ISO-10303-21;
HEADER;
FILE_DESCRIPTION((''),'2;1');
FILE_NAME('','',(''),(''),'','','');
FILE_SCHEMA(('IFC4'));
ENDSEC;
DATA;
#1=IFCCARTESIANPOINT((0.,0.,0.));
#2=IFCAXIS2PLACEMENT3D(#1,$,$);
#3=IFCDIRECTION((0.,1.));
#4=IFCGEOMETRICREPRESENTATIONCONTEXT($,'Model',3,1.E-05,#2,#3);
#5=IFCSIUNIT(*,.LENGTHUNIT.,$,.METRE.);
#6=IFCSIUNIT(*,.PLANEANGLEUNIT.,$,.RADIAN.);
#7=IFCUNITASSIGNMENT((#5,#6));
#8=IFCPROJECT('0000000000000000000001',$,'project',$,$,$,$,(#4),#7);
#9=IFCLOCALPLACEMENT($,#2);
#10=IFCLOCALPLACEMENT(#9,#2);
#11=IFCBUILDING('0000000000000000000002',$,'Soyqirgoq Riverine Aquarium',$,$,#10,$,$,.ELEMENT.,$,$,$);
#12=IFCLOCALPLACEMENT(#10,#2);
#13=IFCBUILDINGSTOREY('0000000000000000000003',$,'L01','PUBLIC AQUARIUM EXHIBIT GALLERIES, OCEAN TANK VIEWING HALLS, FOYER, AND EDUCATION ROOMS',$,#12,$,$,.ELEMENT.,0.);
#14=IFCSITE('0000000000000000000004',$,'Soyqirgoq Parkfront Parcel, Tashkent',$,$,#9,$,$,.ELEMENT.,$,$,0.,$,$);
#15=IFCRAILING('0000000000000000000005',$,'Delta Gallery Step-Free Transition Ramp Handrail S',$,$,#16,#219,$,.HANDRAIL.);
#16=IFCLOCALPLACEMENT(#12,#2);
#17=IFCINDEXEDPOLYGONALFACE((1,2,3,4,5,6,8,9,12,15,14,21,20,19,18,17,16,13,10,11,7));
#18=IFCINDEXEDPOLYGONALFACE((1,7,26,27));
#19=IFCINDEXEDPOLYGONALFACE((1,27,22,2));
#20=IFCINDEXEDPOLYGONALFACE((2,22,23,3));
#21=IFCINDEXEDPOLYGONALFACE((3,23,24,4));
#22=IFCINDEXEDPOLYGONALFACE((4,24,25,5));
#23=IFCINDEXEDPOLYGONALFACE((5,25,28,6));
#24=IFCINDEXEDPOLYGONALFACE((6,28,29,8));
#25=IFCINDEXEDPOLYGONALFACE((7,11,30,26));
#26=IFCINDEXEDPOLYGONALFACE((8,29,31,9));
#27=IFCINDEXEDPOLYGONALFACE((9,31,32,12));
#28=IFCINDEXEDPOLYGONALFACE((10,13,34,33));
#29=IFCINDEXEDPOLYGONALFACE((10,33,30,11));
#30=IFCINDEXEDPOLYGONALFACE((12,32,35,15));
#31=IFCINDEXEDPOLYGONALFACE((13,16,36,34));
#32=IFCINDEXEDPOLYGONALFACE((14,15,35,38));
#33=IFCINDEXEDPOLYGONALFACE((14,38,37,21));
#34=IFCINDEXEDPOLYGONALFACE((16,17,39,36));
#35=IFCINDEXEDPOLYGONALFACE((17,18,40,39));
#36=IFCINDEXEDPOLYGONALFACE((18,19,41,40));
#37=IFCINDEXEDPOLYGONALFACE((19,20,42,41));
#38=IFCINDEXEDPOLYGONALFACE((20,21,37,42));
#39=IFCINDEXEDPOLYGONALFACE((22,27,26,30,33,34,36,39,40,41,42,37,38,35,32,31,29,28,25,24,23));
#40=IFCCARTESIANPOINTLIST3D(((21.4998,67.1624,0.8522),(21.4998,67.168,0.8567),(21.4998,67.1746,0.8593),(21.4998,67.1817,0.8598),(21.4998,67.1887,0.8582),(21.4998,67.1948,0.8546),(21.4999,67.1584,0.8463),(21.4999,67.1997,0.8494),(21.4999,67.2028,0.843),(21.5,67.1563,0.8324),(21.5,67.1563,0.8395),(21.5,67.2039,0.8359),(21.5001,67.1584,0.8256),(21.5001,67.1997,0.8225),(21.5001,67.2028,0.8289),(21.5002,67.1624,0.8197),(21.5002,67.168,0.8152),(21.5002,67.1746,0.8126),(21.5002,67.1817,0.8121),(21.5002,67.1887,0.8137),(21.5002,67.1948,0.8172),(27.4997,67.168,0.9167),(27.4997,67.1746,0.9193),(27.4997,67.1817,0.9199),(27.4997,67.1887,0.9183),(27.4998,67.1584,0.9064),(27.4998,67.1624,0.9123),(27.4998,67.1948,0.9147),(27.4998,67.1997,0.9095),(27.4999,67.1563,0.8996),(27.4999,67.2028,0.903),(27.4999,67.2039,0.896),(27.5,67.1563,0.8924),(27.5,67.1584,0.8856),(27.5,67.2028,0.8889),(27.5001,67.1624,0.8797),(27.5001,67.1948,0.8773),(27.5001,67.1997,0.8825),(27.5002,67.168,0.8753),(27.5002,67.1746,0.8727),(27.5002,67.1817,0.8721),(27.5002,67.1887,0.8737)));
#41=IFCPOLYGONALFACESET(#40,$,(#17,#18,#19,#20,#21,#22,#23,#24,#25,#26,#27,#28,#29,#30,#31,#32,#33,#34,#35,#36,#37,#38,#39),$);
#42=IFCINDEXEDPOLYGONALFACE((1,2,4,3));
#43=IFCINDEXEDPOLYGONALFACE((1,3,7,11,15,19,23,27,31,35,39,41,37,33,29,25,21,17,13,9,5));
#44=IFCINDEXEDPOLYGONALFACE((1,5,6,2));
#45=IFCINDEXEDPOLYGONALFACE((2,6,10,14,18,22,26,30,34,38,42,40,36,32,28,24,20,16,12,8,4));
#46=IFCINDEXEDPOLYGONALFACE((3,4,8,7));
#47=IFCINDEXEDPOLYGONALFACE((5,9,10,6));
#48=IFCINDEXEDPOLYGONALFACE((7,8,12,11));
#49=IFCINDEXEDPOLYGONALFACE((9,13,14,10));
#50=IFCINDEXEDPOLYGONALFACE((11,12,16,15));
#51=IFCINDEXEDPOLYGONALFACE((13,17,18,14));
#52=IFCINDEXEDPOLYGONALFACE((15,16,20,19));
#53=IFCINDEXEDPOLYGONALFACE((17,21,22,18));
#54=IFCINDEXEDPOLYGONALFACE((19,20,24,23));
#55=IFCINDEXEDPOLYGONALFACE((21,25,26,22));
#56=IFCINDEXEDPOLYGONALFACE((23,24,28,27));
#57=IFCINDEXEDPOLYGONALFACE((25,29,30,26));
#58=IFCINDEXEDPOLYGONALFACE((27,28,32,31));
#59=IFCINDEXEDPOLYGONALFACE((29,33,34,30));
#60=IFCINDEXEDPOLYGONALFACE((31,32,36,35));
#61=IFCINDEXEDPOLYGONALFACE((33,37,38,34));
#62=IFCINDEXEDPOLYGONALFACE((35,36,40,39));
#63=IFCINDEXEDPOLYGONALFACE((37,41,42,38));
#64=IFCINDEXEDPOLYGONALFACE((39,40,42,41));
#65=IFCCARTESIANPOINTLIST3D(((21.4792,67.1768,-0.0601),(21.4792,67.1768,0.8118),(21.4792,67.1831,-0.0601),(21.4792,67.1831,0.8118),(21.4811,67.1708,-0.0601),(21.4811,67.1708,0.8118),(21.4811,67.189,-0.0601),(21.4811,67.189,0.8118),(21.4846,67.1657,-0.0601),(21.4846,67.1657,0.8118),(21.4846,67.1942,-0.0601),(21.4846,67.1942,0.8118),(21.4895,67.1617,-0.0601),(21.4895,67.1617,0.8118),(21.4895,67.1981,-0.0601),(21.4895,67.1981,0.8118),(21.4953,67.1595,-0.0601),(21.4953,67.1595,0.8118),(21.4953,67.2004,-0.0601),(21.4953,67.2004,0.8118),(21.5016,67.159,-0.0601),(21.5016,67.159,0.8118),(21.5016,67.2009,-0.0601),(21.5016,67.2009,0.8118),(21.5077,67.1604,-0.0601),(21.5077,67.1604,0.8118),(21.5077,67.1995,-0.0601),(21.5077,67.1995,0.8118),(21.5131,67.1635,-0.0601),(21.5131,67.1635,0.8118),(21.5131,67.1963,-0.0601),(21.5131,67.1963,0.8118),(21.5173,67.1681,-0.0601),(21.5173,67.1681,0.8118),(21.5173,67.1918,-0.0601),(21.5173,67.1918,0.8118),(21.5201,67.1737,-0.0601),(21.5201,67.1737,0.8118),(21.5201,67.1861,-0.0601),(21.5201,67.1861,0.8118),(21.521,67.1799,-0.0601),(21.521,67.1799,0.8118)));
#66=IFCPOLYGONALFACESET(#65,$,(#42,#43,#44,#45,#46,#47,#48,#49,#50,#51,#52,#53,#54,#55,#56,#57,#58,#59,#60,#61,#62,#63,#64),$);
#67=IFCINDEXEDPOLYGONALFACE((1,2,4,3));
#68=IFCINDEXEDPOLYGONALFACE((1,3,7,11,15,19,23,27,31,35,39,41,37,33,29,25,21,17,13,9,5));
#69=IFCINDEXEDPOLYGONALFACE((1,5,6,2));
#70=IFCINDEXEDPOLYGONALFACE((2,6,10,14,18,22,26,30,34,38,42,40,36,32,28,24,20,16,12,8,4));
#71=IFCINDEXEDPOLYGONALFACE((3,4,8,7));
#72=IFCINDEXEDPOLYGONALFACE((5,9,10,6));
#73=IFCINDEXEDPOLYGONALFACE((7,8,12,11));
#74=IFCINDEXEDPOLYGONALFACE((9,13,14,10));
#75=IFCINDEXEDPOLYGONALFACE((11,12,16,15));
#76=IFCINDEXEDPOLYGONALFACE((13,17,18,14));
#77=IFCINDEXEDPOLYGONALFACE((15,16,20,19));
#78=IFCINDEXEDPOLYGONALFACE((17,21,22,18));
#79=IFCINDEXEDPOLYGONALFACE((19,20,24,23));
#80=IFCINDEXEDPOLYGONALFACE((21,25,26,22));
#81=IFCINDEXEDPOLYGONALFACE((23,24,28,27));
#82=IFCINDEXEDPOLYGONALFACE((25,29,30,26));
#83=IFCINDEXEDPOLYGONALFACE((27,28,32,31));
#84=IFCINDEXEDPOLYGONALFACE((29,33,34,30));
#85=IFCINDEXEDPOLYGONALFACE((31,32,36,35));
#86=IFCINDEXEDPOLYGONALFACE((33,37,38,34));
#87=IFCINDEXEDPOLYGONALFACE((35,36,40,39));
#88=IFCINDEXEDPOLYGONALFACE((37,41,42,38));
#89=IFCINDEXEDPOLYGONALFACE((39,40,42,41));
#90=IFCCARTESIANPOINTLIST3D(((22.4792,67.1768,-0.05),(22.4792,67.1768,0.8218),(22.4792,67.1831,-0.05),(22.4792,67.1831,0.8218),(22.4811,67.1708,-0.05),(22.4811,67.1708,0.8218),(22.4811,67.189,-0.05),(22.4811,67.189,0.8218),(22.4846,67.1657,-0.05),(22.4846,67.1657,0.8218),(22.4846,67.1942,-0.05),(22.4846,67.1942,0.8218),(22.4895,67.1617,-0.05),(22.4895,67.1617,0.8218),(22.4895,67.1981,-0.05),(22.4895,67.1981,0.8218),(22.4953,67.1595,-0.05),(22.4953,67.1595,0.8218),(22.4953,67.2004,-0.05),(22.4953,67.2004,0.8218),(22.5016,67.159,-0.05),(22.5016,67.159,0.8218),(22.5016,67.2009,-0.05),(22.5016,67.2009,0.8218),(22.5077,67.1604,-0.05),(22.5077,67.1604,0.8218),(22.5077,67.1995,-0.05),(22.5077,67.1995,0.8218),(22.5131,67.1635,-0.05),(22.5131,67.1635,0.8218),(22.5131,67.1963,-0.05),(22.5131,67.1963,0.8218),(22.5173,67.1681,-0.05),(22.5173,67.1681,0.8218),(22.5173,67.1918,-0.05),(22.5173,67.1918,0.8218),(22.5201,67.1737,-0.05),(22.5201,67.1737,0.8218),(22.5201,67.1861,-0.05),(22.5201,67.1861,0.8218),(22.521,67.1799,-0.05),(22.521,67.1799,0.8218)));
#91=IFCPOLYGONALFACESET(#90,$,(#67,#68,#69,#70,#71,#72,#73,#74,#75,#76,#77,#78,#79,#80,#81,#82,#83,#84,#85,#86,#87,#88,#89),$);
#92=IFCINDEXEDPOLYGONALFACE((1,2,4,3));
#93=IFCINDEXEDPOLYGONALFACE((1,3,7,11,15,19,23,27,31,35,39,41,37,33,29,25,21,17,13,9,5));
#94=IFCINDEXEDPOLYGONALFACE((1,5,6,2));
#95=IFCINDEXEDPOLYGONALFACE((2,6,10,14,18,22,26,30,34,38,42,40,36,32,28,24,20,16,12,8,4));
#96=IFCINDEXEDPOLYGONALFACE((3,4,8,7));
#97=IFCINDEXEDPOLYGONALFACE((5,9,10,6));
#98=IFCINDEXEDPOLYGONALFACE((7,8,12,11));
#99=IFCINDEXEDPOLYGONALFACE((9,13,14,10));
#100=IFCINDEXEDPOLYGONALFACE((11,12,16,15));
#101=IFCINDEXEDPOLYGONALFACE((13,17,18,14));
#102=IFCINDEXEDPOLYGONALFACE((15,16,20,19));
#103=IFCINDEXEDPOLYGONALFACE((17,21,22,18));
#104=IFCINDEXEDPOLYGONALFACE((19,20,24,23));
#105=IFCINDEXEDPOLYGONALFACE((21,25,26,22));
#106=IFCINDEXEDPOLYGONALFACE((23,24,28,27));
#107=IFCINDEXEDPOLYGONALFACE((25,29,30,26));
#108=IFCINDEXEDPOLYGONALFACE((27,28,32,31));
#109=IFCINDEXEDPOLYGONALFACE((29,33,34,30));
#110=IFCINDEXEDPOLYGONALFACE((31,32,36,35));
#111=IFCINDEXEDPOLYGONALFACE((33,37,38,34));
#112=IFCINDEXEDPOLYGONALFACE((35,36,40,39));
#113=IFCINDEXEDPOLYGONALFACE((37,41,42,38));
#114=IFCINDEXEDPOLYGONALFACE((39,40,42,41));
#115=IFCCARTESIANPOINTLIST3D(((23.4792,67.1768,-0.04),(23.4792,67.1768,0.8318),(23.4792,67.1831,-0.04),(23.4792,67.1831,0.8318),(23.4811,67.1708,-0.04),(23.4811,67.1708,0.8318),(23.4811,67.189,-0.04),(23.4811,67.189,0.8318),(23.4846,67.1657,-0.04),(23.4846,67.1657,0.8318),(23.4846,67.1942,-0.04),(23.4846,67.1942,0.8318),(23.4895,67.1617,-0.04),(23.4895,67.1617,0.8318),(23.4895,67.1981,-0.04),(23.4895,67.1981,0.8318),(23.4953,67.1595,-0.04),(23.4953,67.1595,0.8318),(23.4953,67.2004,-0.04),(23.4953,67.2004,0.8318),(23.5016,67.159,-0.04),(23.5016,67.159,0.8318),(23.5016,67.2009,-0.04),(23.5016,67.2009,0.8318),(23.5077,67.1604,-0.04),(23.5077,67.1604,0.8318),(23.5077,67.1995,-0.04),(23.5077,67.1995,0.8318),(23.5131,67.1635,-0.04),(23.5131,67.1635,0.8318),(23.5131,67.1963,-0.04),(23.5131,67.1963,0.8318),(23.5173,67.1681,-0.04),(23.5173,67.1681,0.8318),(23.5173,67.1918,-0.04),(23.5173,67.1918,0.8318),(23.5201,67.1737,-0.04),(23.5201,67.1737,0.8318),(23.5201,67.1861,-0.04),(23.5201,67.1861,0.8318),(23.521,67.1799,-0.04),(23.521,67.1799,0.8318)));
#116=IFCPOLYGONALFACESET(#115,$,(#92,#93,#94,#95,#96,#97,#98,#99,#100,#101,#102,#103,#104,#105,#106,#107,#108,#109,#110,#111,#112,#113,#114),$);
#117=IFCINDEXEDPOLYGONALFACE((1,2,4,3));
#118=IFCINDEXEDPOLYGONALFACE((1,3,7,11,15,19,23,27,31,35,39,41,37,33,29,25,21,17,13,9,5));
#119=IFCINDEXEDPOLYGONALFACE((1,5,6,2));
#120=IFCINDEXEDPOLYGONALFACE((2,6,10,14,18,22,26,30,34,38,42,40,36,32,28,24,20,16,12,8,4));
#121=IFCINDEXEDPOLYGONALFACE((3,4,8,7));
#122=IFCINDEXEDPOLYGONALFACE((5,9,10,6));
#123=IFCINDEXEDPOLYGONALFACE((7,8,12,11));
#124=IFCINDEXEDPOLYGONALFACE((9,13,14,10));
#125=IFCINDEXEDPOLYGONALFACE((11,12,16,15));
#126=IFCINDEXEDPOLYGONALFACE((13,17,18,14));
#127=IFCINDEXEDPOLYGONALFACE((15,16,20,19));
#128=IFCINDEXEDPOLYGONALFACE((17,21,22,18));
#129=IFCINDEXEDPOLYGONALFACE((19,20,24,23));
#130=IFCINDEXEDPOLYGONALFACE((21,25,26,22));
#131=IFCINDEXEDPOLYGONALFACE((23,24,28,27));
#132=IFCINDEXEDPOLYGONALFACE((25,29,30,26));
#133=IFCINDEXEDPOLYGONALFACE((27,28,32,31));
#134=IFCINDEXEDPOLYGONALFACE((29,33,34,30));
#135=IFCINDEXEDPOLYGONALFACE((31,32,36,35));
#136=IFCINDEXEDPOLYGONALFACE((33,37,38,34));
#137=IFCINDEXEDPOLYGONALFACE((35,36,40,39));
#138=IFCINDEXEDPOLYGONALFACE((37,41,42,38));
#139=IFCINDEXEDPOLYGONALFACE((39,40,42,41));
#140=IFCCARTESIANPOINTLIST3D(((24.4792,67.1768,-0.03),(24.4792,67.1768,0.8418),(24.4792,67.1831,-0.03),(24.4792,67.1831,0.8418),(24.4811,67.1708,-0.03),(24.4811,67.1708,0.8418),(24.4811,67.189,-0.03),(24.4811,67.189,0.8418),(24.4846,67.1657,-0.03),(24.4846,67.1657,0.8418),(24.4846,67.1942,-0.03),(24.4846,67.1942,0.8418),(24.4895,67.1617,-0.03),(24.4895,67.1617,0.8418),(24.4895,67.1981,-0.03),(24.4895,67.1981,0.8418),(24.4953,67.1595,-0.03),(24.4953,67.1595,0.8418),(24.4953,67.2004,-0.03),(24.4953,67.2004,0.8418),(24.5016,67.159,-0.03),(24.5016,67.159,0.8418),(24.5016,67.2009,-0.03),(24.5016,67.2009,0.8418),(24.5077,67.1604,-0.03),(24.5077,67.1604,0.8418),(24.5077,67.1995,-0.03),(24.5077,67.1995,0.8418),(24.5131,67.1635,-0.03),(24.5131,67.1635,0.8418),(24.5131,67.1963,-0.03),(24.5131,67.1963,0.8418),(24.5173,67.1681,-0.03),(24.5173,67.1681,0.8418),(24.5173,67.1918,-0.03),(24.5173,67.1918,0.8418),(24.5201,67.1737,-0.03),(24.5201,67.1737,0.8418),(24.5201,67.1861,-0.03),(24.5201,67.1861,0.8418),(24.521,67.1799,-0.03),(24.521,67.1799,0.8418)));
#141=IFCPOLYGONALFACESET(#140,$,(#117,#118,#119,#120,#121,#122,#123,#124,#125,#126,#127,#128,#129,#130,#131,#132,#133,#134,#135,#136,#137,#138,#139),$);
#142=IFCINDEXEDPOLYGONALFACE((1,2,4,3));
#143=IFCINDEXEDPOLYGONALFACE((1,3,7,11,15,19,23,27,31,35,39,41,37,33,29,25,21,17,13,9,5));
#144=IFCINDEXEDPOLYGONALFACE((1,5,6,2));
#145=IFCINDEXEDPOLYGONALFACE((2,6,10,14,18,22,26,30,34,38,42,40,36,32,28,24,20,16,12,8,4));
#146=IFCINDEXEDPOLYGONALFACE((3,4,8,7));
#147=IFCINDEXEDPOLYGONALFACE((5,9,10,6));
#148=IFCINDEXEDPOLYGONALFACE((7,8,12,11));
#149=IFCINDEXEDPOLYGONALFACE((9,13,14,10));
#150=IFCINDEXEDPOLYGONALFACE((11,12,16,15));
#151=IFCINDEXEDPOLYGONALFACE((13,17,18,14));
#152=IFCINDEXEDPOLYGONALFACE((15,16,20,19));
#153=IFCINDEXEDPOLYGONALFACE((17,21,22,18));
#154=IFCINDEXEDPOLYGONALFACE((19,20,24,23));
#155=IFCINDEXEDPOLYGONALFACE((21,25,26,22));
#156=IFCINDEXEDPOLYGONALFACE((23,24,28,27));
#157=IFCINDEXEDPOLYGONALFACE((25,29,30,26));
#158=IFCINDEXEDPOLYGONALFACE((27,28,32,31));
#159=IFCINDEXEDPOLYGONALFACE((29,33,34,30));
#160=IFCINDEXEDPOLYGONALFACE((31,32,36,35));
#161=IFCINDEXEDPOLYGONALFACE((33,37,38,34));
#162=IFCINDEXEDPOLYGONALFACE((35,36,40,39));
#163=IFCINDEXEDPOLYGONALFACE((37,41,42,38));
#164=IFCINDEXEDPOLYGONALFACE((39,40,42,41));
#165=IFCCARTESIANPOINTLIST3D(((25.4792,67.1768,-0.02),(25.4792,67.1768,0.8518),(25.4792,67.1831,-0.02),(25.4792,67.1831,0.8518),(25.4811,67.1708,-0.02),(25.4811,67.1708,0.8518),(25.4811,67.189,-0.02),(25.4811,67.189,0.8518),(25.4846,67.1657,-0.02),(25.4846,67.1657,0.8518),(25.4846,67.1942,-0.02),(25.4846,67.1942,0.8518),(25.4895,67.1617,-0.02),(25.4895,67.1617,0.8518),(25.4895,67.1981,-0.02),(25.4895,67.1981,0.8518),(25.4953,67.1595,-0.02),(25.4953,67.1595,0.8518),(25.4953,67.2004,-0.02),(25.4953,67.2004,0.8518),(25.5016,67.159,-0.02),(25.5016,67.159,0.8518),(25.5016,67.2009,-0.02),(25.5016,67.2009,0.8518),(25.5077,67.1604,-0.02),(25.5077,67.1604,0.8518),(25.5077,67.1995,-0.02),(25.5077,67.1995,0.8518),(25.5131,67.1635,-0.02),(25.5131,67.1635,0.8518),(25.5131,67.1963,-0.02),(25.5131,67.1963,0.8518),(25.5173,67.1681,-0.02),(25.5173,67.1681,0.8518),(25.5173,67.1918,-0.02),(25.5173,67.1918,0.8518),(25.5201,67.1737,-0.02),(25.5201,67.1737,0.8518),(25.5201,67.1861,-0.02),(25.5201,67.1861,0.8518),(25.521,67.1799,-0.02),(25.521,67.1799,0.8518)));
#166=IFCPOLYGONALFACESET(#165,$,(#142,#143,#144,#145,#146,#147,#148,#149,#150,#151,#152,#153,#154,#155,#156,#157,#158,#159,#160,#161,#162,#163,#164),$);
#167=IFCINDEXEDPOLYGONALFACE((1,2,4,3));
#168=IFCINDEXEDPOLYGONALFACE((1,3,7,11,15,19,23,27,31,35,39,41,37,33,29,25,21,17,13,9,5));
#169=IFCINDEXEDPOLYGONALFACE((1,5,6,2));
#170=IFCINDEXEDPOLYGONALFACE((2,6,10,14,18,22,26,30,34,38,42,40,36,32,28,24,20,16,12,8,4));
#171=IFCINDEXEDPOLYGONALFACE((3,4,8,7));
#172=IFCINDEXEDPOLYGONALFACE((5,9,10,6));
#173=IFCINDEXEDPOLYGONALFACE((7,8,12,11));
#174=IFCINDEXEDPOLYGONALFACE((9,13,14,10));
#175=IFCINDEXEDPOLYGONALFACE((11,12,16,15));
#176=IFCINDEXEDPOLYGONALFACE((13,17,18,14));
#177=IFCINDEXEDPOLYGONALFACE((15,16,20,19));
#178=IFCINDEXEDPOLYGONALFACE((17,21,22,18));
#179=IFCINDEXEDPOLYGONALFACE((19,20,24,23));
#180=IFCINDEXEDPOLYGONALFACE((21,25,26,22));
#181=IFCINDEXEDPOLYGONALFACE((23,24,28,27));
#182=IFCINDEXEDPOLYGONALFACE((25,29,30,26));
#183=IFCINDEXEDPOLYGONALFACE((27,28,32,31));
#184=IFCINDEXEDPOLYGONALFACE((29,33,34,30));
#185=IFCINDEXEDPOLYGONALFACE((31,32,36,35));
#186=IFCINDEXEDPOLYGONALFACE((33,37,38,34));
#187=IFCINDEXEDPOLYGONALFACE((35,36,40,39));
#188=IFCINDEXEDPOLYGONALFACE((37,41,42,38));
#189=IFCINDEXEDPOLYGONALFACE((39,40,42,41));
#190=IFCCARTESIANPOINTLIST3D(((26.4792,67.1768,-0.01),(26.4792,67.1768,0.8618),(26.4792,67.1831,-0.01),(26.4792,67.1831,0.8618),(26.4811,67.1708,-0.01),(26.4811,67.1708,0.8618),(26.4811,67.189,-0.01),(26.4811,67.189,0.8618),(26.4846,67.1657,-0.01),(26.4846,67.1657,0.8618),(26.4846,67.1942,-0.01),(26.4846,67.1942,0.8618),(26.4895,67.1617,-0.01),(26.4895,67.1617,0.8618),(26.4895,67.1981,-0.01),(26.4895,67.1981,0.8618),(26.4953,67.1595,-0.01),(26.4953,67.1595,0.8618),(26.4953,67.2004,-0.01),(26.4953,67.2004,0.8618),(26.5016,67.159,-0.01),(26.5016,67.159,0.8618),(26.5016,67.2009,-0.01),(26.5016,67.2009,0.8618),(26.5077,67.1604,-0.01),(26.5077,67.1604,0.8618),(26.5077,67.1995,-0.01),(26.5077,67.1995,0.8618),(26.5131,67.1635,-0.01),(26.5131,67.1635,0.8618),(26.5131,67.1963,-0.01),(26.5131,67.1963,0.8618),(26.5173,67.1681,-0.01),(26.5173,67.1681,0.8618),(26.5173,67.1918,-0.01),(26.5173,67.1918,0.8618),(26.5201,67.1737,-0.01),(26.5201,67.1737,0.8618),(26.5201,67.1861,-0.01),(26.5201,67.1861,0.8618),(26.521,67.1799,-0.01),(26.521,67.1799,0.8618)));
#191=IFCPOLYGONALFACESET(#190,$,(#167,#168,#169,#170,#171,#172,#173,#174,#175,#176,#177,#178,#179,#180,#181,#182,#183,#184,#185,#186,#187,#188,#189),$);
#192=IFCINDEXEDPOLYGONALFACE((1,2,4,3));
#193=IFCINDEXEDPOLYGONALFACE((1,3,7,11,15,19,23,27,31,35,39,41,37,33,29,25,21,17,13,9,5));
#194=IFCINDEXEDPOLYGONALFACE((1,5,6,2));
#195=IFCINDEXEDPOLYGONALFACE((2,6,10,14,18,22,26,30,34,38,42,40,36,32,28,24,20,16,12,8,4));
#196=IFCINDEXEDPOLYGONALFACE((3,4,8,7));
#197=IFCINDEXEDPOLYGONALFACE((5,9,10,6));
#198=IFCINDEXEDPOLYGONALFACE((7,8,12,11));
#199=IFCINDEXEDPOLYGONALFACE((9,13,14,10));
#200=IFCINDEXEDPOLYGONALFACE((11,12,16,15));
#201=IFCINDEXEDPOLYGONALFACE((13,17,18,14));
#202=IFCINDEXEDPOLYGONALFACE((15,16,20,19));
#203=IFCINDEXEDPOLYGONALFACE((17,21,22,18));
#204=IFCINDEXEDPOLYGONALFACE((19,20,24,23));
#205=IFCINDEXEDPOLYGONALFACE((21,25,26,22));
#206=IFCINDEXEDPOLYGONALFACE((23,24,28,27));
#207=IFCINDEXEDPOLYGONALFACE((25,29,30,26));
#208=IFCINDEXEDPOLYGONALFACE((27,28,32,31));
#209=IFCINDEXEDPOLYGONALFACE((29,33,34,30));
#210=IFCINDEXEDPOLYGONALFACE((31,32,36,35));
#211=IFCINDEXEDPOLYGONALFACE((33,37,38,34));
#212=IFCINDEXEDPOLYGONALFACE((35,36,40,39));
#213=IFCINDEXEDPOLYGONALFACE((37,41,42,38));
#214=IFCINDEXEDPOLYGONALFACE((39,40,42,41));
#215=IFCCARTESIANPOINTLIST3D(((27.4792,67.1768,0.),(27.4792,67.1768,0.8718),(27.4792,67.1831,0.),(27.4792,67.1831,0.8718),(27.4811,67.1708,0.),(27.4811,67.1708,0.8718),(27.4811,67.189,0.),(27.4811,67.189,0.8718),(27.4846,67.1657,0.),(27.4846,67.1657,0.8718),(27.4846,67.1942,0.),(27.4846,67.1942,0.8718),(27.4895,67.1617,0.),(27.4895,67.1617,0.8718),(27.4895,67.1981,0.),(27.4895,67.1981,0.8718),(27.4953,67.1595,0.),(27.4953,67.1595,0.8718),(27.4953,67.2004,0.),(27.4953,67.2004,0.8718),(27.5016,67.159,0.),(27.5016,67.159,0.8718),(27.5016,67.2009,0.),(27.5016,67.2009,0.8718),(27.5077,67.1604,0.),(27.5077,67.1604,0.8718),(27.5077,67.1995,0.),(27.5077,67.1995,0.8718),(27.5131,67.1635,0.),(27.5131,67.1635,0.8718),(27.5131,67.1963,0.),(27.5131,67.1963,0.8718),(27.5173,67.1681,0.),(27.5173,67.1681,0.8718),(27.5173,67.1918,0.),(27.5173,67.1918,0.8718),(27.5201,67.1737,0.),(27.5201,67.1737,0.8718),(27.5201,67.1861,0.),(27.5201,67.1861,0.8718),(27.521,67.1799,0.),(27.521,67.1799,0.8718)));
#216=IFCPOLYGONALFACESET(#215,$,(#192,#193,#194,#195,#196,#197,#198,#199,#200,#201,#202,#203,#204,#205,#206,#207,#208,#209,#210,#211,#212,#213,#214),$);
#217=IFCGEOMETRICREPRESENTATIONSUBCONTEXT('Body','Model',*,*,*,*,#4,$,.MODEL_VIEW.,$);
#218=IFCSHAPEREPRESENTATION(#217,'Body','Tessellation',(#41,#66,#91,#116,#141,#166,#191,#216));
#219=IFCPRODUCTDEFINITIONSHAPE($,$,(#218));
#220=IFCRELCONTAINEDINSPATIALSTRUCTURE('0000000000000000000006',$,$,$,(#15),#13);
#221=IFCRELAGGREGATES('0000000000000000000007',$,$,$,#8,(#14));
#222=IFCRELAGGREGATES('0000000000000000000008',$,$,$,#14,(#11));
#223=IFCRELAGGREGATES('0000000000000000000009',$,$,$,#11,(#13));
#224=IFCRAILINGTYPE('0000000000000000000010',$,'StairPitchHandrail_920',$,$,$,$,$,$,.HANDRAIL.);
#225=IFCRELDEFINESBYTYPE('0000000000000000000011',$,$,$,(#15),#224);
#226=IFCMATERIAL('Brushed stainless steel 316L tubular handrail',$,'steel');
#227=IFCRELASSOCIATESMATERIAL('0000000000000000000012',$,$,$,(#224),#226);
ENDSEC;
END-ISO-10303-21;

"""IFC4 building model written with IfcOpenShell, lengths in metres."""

from ifc_helpers import new_model, si_unit, direction, frame, origin, origin_2d, place, context, subcontext, project, spatial, circle, extrude, material, type_object, element, save


model = new_model("IFC4")

# Units and contexts
model_context = context("Model", 3, precision=1e-05, world=origin(), true_north=direction((0.0, 1.0)))
body_context = subcontext(model_context, "Body", "Model", "MODEL_VIEW")
ifc_project = project(units=[si_unit("LENGTHUNIT", "METRE"), si_unit("PLANEANGLEUNIT", "RADIAN")], contexts=[model_context])

# Site, building, storey
site_placement = place(None, origin())
site = spatial("IfcSite", under=ifc_project, at=site_placement, Name="Soyqirgoq Parkfront Parcel, Tashkent", CompositionType="ELEMENT", RefElevation=0.0)
building_placement = place(site_placement, origin())
building = spatial("IfcBuilding", under=site, at=building_placement, Name="Soyqirgoq Riverine Aquarium", CompositionType="ELEMENT")
storey_placement = place(building_placement, origin())
storey = spatial("IfcBuildingStorey", under=building, at=storey_placement, Name="L01", Description="PUBLIC AQUARIUM EXHIBIT GALLERIES, OCEAN TANK VIEWING HALLS, FOYER, AND EDUCATION ROOMS", CompositionType="ELEMENT", Elevation=0.0)

# Railing
ifc_material_1 = material(Name="Brushed stainless steel 316L tubular handrail", Category="steel")
railing_type = type_object("IfcRailingType", Name="StairPitchHandrail_920", PredefinedType="HANDRAIL", material=ifc_material_1)
for number, where, name in (
    (1, (21.5, 67.1799, -0.0601), "Delta Gallery Step-Free Transition Ramp Handrail S"),
):
    element("IfcRailing", number, at=place(storey_placement, frame(where)), inside=storey, type_object=railing_type, Name=name, PredefinedType="HANDRAIL", context=body_context, shape_type="SweptSolid", body=[
        extrude(circle(Radius=0.0239, at=origin_2d()), frame((0.0, 0.0, 0.896), z_axis=(0.99995, 0.0, 0.010009), x_axis=(0.0, 1.0, 0.0)), (0.0, 0.0, 1.0), 6.0002),
        extrude(circle(Radius=0.021, at=origin_2d()), origin(), (0.0, 0.0, 1.0), 0.8718),
        extrude(circle(Radius=0.021, at=origin_2d()), frame((1.0, 0.0, 0.01)), (0.0, 0.0, 1.0), 0.8718),
        extrude(circle(Radius=0.021, at=origin_2d()), frame((2.0, 0.0, 0.02)), (0.0, 0.0, 1.0), 0.8718),
        extrude(circle(Radius=0.021, at=origin_2d()), frame((3.0, 0.0, 0.03)), (0.0, 0.0, 1.0), 0.8718),
        extrude(circle(Radius=0.021, at=origin_2d()), frame((4.0, 0.0, 0.04)), (0.0, 0.0, 1.0), 0.8718),
        extrude(circle(Radius=0.021, at=origin_2d()), frame((5.0, 0.0, 0.05)), (0.0, 0.0, 1.0), 0.8718),
        extrude(circle(Radius=0.021, at=origin_2d()), frame((6.0, 0.0, 0.0601)), (0.0, 0.0, 1.0), 0.8718),
    ])

save(model, "model.ifc")
